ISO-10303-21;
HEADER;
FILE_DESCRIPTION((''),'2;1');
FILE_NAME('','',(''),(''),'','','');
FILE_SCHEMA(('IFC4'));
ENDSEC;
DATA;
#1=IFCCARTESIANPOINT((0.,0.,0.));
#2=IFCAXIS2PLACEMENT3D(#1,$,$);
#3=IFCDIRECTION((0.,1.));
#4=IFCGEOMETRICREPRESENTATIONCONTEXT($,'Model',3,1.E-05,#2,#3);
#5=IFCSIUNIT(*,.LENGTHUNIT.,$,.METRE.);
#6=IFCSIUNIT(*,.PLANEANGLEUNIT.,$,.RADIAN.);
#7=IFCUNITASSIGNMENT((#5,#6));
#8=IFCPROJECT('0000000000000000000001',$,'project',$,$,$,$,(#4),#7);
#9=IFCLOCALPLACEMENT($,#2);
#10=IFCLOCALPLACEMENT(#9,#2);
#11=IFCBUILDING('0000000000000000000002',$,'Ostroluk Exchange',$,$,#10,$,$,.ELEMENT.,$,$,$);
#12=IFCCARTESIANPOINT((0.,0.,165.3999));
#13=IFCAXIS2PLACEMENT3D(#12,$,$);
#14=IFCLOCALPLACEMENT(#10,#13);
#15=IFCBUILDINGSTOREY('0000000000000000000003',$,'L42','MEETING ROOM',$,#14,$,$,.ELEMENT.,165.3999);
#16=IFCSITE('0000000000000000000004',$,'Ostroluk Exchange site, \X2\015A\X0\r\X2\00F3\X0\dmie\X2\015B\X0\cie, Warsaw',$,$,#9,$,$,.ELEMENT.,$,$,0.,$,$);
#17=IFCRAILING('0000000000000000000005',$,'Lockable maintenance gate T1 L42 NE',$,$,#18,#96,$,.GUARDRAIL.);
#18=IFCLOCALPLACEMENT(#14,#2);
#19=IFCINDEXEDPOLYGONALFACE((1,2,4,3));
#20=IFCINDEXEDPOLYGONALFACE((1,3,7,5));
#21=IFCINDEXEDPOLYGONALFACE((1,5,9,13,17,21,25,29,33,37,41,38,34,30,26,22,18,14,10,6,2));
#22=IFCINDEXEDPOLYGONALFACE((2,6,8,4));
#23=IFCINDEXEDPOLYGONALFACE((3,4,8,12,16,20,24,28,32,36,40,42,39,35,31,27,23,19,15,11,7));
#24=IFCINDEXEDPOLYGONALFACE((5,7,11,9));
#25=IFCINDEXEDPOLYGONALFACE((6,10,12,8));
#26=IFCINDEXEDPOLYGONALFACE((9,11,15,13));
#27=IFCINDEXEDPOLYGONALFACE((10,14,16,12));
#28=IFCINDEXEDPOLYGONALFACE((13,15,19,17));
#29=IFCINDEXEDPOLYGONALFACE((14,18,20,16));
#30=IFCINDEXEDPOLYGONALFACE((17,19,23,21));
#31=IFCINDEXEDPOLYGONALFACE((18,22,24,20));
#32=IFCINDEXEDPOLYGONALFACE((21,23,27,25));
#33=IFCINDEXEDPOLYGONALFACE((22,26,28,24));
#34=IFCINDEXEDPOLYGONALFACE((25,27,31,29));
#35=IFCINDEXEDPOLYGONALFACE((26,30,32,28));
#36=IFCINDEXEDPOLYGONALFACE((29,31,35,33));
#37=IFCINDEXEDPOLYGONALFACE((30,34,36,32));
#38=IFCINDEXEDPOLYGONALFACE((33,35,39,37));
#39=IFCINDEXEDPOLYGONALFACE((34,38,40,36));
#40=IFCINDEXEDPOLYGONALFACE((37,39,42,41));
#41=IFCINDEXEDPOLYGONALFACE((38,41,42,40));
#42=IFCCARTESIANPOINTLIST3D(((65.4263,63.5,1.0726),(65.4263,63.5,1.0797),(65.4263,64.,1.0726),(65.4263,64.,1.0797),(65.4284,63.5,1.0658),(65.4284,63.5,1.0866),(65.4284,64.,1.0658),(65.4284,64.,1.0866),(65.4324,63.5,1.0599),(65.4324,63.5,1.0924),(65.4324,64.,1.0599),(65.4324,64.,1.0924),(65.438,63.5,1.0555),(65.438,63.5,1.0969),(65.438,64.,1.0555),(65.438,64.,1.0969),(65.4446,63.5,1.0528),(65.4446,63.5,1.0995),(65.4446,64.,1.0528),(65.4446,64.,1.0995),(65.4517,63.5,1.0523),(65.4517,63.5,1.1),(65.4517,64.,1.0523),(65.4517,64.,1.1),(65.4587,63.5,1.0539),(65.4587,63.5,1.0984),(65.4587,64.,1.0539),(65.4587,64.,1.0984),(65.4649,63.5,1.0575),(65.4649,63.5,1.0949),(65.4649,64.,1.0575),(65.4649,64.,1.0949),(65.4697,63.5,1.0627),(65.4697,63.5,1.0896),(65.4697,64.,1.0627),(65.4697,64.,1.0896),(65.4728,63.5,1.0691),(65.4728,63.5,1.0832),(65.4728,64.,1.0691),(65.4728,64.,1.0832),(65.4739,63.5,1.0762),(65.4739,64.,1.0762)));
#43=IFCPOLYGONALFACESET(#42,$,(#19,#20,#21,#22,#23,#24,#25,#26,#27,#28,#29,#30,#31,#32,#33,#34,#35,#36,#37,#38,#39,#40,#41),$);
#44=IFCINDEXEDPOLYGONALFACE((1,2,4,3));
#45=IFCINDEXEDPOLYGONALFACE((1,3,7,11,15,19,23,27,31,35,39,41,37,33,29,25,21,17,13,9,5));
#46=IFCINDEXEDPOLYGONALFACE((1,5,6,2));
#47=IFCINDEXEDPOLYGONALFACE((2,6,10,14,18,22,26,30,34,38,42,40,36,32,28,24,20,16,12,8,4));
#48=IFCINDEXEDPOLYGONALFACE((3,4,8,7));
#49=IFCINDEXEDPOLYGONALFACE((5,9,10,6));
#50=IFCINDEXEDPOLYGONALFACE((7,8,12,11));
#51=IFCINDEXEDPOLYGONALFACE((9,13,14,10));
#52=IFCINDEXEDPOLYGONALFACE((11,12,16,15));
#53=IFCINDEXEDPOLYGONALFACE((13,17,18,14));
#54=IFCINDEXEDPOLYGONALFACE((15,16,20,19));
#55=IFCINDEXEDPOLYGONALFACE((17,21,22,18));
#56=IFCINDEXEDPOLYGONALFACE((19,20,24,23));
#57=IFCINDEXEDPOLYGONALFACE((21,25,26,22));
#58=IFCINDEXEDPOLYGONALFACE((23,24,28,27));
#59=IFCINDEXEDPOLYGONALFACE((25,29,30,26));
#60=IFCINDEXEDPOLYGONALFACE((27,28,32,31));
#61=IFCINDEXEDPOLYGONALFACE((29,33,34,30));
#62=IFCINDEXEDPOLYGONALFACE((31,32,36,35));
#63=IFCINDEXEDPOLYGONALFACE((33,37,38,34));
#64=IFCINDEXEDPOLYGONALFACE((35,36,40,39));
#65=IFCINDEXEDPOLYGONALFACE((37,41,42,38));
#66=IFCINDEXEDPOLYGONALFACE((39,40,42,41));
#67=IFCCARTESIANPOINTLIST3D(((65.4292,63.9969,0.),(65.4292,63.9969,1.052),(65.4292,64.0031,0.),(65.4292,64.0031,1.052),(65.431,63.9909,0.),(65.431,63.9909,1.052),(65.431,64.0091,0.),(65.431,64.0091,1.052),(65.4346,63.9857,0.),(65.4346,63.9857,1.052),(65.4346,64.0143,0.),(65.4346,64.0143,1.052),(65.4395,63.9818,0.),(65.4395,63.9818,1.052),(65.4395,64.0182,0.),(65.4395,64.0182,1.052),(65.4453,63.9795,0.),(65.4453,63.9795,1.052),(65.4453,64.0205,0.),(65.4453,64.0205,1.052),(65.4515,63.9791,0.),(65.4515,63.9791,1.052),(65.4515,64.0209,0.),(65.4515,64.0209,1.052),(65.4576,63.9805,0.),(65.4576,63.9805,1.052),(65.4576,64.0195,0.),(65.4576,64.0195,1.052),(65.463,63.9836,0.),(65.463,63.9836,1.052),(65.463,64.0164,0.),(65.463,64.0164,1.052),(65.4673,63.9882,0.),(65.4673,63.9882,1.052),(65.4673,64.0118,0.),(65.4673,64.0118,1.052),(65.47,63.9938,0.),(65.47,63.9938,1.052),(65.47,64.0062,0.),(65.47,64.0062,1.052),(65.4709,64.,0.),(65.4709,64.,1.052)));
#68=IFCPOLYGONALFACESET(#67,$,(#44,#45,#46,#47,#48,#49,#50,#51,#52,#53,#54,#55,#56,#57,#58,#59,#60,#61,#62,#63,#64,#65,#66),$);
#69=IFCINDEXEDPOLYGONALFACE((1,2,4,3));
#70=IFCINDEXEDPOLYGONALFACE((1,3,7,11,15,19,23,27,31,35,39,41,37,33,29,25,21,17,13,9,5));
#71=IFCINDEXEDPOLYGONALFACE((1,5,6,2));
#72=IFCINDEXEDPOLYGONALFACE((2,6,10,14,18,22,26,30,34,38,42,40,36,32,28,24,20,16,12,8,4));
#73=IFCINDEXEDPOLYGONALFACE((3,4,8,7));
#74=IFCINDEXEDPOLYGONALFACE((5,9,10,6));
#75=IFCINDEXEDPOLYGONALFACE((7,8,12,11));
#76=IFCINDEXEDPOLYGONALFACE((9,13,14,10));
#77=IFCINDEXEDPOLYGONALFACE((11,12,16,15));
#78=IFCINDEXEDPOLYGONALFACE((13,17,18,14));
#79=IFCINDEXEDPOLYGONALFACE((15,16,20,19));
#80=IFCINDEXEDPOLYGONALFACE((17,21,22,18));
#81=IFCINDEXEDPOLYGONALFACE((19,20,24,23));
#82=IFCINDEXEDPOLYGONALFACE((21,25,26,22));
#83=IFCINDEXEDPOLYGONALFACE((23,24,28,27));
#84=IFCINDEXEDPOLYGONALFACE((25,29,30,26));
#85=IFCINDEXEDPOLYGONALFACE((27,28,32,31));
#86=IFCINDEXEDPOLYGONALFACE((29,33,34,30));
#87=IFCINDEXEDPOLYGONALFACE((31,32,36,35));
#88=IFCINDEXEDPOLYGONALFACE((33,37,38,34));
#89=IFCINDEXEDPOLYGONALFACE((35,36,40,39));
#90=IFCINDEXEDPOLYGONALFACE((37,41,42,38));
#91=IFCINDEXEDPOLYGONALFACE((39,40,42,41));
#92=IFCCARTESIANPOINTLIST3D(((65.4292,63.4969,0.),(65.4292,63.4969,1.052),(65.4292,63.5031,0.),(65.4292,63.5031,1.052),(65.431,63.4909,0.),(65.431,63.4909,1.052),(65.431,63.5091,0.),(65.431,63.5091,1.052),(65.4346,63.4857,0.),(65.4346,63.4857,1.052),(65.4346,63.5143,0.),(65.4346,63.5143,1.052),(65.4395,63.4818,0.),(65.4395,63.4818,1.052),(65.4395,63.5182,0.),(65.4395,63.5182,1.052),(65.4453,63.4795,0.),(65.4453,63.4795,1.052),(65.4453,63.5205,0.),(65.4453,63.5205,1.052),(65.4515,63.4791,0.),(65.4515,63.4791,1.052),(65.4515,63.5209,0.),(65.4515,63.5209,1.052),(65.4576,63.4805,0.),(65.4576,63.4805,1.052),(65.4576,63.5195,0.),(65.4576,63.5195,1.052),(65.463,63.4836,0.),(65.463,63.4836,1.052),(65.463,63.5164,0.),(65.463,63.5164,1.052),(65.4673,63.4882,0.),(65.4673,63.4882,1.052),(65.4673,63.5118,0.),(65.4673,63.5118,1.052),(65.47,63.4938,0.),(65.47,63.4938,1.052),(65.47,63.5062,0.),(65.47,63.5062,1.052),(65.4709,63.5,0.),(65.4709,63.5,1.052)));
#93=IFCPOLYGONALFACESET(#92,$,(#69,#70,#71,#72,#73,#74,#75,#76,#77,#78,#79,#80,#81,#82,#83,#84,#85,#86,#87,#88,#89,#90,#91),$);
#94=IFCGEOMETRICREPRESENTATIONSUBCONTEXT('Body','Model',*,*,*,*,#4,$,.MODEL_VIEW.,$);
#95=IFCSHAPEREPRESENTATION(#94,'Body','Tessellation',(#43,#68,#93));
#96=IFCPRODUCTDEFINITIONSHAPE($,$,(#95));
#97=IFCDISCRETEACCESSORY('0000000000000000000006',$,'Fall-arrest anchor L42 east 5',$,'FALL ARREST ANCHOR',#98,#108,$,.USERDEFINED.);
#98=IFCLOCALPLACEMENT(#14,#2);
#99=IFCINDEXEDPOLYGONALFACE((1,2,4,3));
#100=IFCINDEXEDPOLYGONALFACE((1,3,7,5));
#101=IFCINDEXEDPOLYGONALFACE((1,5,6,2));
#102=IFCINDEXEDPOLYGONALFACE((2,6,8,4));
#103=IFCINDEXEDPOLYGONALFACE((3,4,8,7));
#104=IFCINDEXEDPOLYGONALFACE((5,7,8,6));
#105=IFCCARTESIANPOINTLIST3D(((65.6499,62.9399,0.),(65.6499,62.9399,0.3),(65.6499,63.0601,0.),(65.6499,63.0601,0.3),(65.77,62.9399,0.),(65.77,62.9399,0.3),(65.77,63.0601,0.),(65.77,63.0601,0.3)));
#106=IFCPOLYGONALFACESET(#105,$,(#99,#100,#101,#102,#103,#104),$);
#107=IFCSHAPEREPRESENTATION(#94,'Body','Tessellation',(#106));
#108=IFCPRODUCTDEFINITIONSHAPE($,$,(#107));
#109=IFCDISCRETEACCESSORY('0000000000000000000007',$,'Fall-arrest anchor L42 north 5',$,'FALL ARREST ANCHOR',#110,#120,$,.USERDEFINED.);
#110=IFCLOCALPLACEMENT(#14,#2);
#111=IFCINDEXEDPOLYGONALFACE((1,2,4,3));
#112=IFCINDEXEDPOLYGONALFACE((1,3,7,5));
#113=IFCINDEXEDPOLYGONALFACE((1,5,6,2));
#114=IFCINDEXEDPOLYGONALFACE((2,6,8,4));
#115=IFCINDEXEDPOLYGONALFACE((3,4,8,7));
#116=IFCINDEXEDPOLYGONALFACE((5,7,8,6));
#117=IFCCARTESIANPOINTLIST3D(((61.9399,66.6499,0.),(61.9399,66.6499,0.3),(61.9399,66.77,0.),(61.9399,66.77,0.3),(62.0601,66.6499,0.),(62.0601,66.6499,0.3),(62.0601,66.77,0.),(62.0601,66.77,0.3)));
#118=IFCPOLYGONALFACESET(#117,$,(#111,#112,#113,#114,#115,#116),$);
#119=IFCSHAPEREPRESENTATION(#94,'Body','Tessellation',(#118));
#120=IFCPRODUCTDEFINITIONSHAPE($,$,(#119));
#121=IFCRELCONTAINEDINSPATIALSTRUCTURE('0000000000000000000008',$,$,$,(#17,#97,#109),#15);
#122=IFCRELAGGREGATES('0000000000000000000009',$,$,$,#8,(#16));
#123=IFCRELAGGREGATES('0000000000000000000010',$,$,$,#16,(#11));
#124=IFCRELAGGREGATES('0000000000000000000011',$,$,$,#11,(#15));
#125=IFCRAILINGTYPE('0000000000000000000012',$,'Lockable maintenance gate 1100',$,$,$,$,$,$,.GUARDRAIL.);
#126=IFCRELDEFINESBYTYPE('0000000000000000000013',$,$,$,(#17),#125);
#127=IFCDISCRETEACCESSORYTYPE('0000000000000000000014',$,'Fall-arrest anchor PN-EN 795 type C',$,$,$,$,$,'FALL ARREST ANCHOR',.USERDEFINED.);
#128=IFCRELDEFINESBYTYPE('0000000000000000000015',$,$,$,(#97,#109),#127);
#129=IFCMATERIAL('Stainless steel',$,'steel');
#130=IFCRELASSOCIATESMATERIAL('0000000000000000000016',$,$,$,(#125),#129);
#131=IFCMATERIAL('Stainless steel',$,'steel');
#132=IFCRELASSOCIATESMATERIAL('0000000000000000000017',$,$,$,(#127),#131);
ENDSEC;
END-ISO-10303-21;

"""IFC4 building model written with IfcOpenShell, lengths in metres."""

from ifc_helpers import new_model, si_unit, direction, frame, origin, origin_2d, place, context, subcontext, project, spatial, rectangle, circle, extrude, material, type_object, element, save


model = new_model("IFC4")

# Units and contexts
model_context = context("Model", 3, precision=1e-05, world=origin(), true_north=direction((0.0, 1.0)))
body_context = subcontext(model_context, "Body", "Model", "MODEL_VIEW")
ifc_project = project(units=[si_unit("LENGTHUNIT", "METRE"), si_unit("PLANEANGLEUNIT", "RADIAN")], contexts=[model_context])

# Site, building, storey
site_placement = place(None, origin())
site = spatial("IfcSite", under=ifc_project, at=site_placement, Name="Ostroluk Exchange site, Śródmieście, Warsaw", CompositionType="ELEMENT", RefElevation=0.0)
building_placement = place(site_placement, origin())
building = spatial("IfcBuilding", under=site, at=building_placement, Name="Ostroluk Exchange", CompositionType="ELEMENT")
storey_placement = place(building_placement, frame((0.0, 0.0, 165.3999)))
storey = spatial("IfcBuildingStorey", under=building, at=storey_placement, Name="L42", Description="MEETING ROOM", CompositionType="ELEMENT", Elevation=165.3999)

# Railing
ifc_material_1 = material(Name="Stainless steel", Category="steel")
railing_type_1 = type_object("IfcRailingType", Name="Lockable maintenance gate 1100", PredefinedType="GUARDRAIL", material=ifc_material_1)
railing_1_placement = place(storey_placement, frame((65.45, 64.0, 0.0)))
element("IfcRailing", 1, at=railing_1_placement, inside=storey, type_object=railing_type_1, Name="Lockable maintenance gate T1 L42 NE", PredefinedType="GUARDRAIL", context=body_context, shape_type="SweptSolid", body=[
    extrude(circle(Radius=0.0239, at=origin_2d()), frame((0.0, 0.0, 1.0762), z_axis=(0.0, -1.0, 0.0), x_axis=(1.0, 0.0, 0.0)), (0.0, 0.0, 1.0), 0.5),
    extrude(circle(Radius=0.021, at=origin_2d()), origin(), (0.0, 0.0, 1.0), 1.052),
    extrude(circle(Radius=0.021, at=origin_2d()), frame((0.0, -0.5, 0.0)), (0.0, 0.0, 1.0), 1.052),
])

# Discrete accessories
ifc_material_2 = material(Name="Stainless steel", Category="steel")
discrete_accessory_type = type_object("IfcDiscreteAccessoryType", Name="Fall-arrest anchor PN-EN 795 type C", ElementType="FALL ARREST ANCHOR", PredefinedType="USERDEFINED", material=ifc_material_2)
for number, where, z_axis, x_axis, name in (
    (2, (65.71, 63.0, 0.0), (0.0, 0.0, 1.0), (1.0, 0.0, 0.0), "Fall-arrest anchor L42 east 5"),
    (3, (62.0, 66.71, 0.0), (0.0, 0.0, 1.0), (1.0, 0.0, 0.0), "Fall-arrest anchor L42 north 5"),
):
    element("IfcDiscreteAccessory", number, at=place(storey_placement, frame(where, z_axis=z_axis, x_axis=x_axis)), inside=storey, type_object=discrete_accessory_type, Name=name, ObjectType="FALL ARREST ANCHOR", PredefinedType="USERDEFINED", context=body_context, shape_type="SweptSolid", body=[
        extrude(rectangle(XDim=0.1201, YDim=0.1201, at=origin_2d()), origin(), (0.0, 0.0, 1.0), 0.3),
    ])

save(model, "model.ifc")
